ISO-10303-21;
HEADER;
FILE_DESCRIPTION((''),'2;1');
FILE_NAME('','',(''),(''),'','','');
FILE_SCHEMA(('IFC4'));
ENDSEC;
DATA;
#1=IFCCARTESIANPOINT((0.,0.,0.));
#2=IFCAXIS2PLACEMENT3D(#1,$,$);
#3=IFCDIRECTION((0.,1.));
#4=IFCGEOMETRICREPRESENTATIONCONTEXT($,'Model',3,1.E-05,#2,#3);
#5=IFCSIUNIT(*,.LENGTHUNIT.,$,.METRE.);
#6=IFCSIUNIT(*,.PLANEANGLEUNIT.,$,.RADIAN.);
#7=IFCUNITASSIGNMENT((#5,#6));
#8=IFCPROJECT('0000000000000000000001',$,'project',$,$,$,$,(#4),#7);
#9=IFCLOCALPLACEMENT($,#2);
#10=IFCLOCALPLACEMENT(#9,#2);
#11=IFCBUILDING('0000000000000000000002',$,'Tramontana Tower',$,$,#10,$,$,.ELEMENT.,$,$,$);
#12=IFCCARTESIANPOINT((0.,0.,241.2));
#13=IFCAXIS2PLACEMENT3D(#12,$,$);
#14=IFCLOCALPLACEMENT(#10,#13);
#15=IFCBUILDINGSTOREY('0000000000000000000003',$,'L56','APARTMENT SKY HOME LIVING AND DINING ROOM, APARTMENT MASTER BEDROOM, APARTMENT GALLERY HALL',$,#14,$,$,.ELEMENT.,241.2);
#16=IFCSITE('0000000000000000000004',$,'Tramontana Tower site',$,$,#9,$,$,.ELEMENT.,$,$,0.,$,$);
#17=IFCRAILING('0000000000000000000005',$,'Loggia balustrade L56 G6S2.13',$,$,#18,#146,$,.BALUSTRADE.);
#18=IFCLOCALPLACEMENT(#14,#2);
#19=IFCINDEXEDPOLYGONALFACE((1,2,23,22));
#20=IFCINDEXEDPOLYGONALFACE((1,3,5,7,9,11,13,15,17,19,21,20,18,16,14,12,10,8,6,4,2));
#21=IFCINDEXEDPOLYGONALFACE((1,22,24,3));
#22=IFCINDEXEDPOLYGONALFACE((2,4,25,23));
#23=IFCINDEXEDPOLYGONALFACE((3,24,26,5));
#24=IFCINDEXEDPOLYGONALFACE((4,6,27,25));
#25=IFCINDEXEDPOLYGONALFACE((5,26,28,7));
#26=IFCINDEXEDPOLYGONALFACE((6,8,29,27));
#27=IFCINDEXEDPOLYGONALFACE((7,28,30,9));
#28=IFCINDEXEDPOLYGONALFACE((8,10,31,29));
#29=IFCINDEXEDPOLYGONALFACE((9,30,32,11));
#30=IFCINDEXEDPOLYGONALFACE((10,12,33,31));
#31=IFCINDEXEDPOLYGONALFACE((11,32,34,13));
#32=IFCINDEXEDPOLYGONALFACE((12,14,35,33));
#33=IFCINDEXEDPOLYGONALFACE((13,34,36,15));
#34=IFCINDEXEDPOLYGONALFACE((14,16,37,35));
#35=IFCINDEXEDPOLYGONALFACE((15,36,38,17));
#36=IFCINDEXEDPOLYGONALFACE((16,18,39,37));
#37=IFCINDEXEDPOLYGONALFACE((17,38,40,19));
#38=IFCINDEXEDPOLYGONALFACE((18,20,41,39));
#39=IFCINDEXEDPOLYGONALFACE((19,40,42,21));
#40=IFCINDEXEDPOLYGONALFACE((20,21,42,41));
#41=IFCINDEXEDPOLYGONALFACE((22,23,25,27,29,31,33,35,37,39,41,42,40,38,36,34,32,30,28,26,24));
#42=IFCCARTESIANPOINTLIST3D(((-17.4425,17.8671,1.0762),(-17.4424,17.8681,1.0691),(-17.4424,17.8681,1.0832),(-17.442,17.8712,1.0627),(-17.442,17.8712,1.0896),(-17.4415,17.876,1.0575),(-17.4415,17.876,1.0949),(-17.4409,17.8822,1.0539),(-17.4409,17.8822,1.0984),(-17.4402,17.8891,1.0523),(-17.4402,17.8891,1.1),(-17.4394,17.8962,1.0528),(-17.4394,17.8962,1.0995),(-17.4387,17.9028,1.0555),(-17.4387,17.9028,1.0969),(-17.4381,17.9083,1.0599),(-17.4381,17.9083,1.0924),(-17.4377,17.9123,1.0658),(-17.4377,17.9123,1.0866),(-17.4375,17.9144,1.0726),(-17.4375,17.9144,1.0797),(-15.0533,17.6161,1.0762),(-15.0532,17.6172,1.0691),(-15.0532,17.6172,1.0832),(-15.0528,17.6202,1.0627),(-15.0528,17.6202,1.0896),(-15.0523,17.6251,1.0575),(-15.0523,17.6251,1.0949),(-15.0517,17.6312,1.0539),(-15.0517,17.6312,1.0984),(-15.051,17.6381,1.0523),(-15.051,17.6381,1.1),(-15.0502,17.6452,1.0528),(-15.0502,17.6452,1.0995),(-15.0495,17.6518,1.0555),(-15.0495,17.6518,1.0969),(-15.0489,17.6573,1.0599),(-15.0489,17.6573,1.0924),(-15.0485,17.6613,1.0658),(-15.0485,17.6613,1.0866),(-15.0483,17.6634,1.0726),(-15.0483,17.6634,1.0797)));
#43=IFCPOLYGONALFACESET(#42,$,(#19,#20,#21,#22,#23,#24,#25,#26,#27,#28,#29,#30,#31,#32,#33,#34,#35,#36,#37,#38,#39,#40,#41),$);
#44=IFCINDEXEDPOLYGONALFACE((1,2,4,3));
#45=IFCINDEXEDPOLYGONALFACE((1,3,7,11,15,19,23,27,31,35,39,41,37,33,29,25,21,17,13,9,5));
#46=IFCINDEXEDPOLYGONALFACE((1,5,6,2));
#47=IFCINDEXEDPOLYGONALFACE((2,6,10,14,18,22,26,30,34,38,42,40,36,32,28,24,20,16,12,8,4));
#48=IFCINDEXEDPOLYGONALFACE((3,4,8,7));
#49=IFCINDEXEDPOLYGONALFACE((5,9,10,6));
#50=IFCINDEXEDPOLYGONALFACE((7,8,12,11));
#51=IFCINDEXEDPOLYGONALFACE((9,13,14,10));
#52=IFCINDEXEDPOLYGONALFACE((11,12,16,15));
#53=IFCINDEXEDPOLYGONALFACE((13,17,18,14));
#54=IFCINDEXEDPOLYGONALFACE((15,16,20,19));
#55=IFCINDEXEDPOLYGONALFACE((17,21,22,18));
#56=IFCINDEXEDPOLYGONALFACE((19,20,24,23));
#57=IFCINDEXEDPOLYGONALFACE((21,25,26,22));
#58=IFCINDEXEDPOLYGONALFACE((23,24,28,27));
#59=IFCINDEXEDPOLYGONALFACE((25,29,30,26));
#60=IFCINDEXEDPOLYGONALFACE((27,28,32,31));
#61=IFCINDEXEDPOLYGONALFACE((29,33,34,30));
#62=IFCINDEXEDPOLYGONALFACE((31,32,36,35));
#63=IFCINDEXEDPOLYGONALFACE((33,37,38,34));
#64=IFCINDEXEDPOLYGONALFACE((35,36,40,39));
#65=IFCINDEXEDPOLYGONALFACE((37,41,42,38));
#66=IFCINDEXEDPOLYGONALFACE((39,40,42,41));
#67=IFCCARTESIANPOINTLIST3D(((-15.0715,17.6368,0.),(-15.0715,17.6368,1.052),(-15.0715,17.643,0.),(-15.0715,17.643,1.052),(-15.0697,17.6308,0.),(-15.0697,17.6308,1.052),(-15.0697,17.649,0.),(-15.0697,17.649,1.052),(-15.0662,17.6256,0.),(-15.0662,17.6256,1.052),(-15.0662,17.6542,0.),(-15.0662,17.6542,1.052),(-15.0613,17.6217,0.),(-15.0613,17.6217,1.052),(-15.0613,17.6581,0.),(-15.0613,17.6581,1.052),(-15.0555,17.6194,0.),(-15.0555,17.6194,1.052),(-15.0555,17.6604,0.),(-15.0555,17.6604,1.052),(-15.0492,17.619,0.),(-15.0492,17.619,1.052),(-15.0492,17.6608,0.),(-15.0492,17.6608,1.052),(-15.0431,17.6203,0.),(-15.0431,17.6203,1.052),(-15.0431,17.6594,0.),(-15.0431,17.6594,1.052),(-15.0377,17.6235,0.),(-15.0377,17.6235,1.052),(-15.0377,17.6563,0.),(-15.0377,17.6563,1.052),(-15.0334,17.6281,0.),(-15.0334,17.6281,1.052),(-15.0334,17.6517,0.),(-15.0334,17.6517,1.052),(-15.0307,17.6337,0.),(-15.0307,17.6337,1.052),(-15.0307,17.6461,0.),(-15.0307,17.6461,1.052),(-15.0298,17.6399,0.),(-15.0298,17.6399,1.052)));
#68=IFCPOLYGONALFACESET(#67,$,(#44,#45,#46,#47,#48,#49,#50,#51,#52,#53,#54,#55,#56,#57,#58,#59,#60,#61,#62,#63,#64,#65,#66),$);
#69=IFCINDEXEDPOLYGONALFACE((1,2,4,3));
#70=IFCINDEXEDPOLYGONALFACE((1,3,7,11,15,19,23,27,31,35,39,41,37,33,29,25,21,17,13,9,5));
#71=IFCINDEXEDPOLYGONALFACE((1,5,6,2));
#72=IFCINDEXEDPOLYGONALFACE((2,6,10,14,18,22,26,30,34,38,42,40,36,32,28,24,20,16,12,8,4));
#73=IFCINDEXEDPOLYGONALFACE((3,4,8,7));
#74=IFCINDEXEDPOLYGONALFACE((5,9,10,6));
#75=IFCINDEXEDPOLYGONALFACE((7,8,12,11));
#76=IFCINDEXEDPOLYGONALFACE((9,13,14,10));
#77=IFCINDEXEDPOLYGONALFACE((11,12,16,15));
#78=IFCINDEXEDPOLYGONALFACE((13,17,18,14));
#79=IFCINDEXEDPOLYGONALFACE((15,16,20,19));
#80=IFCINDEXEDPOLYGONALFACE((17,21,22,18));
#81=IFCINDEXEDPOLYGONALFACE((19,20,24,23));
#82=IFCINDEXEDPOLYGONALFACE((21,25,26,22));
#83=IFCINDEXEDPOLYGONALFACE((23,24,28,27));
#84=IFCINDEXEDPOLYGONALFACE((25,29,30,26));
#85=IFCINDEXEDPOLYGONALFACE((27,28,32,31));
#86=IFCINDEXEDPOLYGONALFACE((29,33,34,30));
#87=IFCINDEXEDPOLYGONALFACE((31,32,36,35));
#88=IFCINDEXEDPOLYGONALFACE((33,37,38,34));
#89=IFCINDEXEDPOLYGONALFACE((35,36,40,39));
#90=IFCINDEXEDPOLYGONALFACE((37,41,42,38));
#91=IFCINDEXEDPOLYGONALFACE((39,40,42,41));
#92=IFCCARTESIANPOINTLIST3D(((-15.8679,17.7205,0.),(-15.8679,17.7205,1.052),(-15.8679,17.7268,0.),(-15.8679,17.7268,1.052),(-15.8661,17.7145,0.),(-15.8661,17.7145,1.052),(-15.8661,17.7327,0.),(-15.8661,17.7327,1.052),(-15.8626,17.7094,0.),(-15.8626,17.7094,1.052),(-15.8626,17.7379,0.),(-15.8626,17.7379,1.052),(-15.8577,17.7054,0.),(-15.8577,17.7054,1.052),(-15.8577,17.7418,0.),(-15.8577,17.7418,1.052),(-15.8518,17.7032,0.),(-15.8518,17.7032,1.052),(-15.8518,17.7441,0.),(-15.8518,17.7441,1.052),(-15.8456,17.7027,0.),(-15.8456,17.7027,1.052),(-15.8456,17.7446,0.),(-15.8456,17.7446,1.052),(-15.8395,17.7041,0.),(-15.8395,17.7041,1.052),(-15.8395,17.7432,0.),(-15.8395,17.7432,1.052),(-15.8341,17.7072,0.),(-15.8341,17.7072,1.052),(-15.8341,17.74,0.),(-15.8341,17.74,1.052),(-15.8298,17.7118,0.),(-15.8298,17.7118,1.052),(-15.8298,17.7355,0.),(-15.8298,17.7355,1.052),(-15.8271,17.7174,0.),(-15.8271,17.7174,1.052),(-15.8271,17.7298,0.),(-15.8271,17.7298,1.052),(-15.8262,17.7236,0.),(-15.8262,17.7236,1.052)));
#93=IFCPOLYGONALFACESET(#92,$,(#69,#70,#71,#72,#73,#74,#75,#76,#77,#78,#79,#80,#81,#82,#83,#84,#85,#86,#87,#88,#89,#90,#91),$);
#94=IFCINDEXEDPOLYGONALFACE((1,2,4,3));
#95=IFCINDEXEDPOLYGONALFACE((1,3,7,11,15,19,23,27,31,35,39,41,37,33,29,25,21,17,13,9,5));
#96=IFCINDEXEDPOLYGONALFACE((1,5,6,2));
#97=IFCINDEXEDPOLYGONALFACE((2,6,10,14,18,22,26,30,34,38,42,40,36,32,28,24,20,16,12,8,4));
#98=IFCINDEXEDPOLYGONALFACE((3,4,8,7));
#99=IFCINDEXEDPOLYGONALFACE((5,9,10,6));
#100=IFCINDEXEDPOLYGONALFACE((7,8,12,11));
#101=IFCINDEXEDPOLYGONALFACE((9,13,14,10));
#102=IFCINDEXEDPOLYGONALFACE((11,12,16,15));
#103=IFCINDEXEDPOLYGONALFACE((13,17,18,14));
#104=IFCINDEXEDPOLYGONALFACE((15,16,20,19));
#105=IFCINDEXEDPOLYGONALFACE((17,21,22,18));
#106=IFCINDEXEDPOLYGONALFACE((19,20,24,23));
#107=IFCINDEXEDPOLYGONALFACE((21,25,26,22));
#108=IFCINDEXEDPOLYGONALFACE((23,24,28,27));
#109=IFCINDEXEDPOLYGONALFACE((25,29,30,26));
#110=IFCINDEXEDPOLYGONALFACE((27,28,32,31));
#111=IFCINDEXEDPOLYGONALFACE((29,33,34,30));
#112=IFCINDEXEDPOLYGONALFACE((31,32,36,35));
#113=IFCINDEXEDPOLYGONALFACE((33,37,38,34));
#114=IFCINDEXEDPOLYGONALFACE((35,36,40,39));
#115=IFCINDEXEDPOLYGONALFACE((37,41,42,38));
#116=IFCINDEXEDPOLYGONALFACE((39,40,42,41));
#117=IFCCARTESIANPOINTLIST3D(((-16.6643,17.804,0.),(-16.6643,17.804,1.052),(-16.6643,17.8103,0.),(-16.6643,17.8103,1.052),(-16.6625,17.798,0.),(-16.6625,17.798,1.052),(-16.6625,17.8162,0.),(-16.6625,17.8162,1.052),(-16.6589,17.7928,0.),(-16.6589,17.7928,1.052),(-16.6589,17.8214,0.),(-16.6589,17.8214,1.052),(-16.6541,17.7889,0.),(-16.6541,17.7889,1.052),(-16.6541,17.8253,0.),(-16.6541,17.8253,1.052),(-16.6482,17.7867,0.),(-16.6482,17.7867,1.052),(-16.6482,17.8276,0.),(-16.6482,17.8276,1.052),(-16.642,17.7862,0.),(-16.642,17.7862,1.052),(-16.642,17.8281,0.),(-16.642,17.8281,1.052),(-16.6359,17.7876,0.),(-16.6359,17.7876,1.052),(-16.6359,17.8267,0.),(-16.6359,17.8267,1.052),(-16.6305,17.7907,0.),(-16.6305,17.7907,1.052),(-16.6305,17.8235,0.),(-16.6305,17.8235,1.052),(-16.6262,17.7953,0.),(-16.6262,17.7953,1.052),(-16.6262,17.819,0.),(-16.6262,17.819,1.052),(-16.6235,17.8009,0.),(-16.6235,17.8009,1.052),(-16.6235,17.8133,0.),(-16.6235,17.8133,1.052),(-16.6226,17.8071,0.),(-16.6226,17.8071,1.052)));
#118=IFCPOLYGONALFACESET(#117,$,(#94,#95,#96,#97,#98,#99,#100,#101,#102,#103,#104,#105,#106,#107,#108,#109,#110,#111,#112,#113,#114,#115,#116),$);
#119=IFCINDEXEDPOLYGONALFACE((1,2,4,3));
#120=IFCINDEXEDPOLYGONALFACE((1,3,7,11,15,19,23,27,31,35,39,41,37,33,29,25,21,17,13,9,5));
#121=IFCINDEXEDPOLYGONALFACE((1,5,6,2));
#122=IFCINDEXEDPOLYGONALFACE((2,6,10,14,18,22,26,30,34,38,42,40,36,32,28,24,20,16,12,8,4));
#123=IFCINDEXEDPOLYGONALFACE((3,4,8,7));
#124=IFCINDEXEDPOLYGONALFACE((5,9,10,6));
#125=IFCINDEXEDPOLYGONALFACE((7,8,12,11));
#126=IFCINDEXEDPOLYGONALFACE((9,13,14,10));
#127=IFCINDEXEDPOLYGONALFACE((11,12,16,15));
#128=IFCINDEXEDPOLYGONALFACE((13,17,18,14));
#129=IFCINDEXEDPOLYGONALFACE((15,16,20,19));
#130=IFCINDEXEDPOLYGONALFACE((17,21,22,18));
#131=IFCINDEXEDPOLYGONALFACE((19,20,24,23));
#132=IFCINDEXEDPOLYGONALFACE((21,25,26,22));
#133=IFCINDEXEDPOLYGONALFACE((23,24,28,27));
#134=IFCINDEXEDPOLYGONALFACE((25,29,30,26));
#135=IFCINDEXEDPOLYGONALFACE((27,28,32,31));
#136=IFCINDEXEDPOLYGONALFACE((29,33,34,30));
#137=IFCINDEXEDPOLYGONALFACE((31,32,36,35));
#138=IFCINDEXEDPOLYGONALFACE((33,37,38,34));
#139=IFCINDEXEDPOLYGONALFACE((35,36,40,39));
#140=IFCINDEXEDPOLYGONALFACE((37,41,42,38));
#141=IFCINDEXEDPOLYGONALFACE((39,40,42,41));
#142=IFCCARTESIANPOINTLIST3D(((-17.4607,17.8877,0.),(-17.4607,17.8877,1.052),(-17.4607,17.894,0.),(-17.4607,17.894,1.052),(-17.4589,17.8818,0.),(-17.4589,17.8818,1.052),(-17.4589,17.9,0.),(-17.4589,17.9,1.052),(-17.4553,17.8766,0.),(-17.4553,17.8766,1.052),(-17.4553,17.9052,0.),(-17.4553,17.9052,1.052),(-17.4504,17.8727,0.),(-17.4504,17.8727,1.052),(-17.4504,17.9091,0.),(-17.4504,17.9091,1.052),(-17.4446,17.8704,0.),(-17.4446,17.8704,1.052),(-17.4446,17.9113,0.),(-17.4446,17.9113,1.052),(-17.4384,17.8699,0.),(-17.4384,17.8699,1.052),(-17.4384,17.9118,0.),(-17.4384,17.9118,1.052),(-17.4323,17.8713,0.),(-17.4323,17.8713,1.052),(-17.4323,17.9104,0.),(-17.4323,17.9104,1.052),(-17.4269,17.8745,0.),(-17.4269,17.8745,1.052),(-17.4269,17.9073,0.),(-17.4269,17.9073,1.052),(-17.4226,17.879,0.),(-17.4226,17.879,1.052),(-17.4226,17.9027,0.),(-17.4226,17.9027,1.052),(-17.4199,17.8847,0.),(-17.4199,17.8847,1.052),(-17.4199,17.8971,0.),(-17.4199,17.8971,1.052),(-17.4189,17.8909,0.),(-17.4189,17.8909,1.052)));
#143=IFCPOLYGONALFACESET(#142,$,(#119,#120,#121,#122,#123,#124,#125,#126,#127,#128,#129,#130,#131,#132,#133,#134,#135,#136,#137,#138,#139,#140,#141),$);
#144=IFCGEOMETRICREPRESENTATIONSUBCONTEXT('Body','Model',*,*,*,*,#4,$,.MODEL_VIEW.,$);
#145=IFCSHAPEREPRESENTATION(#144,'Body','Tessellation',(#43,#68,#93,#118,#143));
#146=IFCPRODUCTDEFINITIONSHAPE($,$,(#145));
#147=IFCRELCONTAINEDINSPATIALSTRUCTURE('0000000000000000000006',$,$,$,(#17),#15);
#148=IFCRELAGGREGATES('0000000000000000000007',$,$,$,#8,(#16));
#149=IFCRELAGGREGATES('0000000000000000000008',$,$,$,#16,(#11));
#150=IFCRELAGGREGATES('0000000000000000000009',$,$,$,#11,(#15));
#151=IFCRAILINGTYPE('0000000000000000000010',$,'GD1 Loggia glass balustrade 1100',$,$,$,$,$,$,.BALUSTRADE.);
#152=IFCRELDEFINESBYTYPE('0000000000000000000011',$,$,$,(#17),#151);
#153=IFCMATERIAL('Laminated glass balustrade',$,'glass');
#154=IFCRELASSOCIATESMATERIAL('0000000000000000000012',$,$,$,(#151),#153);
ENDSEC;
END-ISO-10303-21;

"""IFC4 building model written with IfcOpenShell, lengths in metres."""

from ifc_helpers import new_model, si_unit, direction, frame, origin, origin_2d, place, context, subcontext, project, spatial, circle, extrude, material, type_object, element, save


model = new_model("IFC4")

# Units and contexts
model_context = context("Model", 3, precision=1e-05, world=origin(), true_north=direction((0.0, 1.0)))
body_context = subcontext(model_context, "Body", "Model", "MODEL_VIEW")
ifc_project = project(units=[si_unit("LENGTHUNIT", "METRE"), si_unit("PLANEANGLEUNIT", "RADIAN")], contexts=[model_context])

# Site, building, storey
site_placement = place(None, origin())
site = spatial("IfcSite", under=ifc_project, at=site_placement, Name="Tramontana Tower site", CompositionType="ELEMENT", RefElevation=0.0)
building_placement = place(site_placement, origin())
building = spatial("IfcBuilding", under=site, at=building_placement, Name="Tramontana Tower", CompositionType="ELEMENT")
storey_placement = place(building_placement, frame((0.0, 0.0, 241.2)))
storey = spatial("IfcBuildingStorey", under=building, at=storey_placement, Name="L56", Description="APARTMENT SKY HOME LIVING AND DINING ROOM, APARTMENT MASTER BEDROOM, APARTMENT GALLERY HALL", CompositionType="ELEMENT", Elevation=241.2)

# Railing
ifc_material_1 = material(Name="Laminated glass balustrade", Category="glass")
railing_type = type_object("IfcRailingType", Name="GD1 Loggia glass balustrade 1100", PredefinedType="BALUSTRADE", material=ifc_material_1)
railing_1_placement = place(storey_placement, frame((-15.0508, 17.6399, 0.0)))
element("IfcRailing", 1, at=railing_1_placement, inside=storey, type_object=railing_type, Name="Loggia balustrade L56 G6S2.13", PredefinedType="BALUSTRADE", context=body_context, shape_type="SweptSolid", body=[
    extrude(circle(Radius=0.0239, at=origin_2d()), frame((0.0, 0.0, 1.0762), z_axis=(-0.994528, 0.104473, 0.0), x_axis=(-0.104473, -0.994528, 0.0)), (0.0, 0.0, 1.0), 2.4023),
    extrude(circle(Radius=0.021, at=origin_2d()), origin(), (0.0, 0.0, 1.0), 1.052),
    extrude(circle(Radius=0.021, at=origin_2d()), frame((-0.7964, 0.0837, 0.0)), (0.0, 0.0, 1.0), 1.052),
    extrude(circle(Radius=0.021, at=origin_2d()), frame((-1.5928, 0.1672, 0.0)), (0.0, 0.0, 1.0), 1.052),
    extrude(circle(Radius=0.021, at=origin_2d()), frame((-2.3892, 0.251, 0.0)), (0.0, 0.0, 1.0), 1.052),
])

save(model, "model.ifc")
